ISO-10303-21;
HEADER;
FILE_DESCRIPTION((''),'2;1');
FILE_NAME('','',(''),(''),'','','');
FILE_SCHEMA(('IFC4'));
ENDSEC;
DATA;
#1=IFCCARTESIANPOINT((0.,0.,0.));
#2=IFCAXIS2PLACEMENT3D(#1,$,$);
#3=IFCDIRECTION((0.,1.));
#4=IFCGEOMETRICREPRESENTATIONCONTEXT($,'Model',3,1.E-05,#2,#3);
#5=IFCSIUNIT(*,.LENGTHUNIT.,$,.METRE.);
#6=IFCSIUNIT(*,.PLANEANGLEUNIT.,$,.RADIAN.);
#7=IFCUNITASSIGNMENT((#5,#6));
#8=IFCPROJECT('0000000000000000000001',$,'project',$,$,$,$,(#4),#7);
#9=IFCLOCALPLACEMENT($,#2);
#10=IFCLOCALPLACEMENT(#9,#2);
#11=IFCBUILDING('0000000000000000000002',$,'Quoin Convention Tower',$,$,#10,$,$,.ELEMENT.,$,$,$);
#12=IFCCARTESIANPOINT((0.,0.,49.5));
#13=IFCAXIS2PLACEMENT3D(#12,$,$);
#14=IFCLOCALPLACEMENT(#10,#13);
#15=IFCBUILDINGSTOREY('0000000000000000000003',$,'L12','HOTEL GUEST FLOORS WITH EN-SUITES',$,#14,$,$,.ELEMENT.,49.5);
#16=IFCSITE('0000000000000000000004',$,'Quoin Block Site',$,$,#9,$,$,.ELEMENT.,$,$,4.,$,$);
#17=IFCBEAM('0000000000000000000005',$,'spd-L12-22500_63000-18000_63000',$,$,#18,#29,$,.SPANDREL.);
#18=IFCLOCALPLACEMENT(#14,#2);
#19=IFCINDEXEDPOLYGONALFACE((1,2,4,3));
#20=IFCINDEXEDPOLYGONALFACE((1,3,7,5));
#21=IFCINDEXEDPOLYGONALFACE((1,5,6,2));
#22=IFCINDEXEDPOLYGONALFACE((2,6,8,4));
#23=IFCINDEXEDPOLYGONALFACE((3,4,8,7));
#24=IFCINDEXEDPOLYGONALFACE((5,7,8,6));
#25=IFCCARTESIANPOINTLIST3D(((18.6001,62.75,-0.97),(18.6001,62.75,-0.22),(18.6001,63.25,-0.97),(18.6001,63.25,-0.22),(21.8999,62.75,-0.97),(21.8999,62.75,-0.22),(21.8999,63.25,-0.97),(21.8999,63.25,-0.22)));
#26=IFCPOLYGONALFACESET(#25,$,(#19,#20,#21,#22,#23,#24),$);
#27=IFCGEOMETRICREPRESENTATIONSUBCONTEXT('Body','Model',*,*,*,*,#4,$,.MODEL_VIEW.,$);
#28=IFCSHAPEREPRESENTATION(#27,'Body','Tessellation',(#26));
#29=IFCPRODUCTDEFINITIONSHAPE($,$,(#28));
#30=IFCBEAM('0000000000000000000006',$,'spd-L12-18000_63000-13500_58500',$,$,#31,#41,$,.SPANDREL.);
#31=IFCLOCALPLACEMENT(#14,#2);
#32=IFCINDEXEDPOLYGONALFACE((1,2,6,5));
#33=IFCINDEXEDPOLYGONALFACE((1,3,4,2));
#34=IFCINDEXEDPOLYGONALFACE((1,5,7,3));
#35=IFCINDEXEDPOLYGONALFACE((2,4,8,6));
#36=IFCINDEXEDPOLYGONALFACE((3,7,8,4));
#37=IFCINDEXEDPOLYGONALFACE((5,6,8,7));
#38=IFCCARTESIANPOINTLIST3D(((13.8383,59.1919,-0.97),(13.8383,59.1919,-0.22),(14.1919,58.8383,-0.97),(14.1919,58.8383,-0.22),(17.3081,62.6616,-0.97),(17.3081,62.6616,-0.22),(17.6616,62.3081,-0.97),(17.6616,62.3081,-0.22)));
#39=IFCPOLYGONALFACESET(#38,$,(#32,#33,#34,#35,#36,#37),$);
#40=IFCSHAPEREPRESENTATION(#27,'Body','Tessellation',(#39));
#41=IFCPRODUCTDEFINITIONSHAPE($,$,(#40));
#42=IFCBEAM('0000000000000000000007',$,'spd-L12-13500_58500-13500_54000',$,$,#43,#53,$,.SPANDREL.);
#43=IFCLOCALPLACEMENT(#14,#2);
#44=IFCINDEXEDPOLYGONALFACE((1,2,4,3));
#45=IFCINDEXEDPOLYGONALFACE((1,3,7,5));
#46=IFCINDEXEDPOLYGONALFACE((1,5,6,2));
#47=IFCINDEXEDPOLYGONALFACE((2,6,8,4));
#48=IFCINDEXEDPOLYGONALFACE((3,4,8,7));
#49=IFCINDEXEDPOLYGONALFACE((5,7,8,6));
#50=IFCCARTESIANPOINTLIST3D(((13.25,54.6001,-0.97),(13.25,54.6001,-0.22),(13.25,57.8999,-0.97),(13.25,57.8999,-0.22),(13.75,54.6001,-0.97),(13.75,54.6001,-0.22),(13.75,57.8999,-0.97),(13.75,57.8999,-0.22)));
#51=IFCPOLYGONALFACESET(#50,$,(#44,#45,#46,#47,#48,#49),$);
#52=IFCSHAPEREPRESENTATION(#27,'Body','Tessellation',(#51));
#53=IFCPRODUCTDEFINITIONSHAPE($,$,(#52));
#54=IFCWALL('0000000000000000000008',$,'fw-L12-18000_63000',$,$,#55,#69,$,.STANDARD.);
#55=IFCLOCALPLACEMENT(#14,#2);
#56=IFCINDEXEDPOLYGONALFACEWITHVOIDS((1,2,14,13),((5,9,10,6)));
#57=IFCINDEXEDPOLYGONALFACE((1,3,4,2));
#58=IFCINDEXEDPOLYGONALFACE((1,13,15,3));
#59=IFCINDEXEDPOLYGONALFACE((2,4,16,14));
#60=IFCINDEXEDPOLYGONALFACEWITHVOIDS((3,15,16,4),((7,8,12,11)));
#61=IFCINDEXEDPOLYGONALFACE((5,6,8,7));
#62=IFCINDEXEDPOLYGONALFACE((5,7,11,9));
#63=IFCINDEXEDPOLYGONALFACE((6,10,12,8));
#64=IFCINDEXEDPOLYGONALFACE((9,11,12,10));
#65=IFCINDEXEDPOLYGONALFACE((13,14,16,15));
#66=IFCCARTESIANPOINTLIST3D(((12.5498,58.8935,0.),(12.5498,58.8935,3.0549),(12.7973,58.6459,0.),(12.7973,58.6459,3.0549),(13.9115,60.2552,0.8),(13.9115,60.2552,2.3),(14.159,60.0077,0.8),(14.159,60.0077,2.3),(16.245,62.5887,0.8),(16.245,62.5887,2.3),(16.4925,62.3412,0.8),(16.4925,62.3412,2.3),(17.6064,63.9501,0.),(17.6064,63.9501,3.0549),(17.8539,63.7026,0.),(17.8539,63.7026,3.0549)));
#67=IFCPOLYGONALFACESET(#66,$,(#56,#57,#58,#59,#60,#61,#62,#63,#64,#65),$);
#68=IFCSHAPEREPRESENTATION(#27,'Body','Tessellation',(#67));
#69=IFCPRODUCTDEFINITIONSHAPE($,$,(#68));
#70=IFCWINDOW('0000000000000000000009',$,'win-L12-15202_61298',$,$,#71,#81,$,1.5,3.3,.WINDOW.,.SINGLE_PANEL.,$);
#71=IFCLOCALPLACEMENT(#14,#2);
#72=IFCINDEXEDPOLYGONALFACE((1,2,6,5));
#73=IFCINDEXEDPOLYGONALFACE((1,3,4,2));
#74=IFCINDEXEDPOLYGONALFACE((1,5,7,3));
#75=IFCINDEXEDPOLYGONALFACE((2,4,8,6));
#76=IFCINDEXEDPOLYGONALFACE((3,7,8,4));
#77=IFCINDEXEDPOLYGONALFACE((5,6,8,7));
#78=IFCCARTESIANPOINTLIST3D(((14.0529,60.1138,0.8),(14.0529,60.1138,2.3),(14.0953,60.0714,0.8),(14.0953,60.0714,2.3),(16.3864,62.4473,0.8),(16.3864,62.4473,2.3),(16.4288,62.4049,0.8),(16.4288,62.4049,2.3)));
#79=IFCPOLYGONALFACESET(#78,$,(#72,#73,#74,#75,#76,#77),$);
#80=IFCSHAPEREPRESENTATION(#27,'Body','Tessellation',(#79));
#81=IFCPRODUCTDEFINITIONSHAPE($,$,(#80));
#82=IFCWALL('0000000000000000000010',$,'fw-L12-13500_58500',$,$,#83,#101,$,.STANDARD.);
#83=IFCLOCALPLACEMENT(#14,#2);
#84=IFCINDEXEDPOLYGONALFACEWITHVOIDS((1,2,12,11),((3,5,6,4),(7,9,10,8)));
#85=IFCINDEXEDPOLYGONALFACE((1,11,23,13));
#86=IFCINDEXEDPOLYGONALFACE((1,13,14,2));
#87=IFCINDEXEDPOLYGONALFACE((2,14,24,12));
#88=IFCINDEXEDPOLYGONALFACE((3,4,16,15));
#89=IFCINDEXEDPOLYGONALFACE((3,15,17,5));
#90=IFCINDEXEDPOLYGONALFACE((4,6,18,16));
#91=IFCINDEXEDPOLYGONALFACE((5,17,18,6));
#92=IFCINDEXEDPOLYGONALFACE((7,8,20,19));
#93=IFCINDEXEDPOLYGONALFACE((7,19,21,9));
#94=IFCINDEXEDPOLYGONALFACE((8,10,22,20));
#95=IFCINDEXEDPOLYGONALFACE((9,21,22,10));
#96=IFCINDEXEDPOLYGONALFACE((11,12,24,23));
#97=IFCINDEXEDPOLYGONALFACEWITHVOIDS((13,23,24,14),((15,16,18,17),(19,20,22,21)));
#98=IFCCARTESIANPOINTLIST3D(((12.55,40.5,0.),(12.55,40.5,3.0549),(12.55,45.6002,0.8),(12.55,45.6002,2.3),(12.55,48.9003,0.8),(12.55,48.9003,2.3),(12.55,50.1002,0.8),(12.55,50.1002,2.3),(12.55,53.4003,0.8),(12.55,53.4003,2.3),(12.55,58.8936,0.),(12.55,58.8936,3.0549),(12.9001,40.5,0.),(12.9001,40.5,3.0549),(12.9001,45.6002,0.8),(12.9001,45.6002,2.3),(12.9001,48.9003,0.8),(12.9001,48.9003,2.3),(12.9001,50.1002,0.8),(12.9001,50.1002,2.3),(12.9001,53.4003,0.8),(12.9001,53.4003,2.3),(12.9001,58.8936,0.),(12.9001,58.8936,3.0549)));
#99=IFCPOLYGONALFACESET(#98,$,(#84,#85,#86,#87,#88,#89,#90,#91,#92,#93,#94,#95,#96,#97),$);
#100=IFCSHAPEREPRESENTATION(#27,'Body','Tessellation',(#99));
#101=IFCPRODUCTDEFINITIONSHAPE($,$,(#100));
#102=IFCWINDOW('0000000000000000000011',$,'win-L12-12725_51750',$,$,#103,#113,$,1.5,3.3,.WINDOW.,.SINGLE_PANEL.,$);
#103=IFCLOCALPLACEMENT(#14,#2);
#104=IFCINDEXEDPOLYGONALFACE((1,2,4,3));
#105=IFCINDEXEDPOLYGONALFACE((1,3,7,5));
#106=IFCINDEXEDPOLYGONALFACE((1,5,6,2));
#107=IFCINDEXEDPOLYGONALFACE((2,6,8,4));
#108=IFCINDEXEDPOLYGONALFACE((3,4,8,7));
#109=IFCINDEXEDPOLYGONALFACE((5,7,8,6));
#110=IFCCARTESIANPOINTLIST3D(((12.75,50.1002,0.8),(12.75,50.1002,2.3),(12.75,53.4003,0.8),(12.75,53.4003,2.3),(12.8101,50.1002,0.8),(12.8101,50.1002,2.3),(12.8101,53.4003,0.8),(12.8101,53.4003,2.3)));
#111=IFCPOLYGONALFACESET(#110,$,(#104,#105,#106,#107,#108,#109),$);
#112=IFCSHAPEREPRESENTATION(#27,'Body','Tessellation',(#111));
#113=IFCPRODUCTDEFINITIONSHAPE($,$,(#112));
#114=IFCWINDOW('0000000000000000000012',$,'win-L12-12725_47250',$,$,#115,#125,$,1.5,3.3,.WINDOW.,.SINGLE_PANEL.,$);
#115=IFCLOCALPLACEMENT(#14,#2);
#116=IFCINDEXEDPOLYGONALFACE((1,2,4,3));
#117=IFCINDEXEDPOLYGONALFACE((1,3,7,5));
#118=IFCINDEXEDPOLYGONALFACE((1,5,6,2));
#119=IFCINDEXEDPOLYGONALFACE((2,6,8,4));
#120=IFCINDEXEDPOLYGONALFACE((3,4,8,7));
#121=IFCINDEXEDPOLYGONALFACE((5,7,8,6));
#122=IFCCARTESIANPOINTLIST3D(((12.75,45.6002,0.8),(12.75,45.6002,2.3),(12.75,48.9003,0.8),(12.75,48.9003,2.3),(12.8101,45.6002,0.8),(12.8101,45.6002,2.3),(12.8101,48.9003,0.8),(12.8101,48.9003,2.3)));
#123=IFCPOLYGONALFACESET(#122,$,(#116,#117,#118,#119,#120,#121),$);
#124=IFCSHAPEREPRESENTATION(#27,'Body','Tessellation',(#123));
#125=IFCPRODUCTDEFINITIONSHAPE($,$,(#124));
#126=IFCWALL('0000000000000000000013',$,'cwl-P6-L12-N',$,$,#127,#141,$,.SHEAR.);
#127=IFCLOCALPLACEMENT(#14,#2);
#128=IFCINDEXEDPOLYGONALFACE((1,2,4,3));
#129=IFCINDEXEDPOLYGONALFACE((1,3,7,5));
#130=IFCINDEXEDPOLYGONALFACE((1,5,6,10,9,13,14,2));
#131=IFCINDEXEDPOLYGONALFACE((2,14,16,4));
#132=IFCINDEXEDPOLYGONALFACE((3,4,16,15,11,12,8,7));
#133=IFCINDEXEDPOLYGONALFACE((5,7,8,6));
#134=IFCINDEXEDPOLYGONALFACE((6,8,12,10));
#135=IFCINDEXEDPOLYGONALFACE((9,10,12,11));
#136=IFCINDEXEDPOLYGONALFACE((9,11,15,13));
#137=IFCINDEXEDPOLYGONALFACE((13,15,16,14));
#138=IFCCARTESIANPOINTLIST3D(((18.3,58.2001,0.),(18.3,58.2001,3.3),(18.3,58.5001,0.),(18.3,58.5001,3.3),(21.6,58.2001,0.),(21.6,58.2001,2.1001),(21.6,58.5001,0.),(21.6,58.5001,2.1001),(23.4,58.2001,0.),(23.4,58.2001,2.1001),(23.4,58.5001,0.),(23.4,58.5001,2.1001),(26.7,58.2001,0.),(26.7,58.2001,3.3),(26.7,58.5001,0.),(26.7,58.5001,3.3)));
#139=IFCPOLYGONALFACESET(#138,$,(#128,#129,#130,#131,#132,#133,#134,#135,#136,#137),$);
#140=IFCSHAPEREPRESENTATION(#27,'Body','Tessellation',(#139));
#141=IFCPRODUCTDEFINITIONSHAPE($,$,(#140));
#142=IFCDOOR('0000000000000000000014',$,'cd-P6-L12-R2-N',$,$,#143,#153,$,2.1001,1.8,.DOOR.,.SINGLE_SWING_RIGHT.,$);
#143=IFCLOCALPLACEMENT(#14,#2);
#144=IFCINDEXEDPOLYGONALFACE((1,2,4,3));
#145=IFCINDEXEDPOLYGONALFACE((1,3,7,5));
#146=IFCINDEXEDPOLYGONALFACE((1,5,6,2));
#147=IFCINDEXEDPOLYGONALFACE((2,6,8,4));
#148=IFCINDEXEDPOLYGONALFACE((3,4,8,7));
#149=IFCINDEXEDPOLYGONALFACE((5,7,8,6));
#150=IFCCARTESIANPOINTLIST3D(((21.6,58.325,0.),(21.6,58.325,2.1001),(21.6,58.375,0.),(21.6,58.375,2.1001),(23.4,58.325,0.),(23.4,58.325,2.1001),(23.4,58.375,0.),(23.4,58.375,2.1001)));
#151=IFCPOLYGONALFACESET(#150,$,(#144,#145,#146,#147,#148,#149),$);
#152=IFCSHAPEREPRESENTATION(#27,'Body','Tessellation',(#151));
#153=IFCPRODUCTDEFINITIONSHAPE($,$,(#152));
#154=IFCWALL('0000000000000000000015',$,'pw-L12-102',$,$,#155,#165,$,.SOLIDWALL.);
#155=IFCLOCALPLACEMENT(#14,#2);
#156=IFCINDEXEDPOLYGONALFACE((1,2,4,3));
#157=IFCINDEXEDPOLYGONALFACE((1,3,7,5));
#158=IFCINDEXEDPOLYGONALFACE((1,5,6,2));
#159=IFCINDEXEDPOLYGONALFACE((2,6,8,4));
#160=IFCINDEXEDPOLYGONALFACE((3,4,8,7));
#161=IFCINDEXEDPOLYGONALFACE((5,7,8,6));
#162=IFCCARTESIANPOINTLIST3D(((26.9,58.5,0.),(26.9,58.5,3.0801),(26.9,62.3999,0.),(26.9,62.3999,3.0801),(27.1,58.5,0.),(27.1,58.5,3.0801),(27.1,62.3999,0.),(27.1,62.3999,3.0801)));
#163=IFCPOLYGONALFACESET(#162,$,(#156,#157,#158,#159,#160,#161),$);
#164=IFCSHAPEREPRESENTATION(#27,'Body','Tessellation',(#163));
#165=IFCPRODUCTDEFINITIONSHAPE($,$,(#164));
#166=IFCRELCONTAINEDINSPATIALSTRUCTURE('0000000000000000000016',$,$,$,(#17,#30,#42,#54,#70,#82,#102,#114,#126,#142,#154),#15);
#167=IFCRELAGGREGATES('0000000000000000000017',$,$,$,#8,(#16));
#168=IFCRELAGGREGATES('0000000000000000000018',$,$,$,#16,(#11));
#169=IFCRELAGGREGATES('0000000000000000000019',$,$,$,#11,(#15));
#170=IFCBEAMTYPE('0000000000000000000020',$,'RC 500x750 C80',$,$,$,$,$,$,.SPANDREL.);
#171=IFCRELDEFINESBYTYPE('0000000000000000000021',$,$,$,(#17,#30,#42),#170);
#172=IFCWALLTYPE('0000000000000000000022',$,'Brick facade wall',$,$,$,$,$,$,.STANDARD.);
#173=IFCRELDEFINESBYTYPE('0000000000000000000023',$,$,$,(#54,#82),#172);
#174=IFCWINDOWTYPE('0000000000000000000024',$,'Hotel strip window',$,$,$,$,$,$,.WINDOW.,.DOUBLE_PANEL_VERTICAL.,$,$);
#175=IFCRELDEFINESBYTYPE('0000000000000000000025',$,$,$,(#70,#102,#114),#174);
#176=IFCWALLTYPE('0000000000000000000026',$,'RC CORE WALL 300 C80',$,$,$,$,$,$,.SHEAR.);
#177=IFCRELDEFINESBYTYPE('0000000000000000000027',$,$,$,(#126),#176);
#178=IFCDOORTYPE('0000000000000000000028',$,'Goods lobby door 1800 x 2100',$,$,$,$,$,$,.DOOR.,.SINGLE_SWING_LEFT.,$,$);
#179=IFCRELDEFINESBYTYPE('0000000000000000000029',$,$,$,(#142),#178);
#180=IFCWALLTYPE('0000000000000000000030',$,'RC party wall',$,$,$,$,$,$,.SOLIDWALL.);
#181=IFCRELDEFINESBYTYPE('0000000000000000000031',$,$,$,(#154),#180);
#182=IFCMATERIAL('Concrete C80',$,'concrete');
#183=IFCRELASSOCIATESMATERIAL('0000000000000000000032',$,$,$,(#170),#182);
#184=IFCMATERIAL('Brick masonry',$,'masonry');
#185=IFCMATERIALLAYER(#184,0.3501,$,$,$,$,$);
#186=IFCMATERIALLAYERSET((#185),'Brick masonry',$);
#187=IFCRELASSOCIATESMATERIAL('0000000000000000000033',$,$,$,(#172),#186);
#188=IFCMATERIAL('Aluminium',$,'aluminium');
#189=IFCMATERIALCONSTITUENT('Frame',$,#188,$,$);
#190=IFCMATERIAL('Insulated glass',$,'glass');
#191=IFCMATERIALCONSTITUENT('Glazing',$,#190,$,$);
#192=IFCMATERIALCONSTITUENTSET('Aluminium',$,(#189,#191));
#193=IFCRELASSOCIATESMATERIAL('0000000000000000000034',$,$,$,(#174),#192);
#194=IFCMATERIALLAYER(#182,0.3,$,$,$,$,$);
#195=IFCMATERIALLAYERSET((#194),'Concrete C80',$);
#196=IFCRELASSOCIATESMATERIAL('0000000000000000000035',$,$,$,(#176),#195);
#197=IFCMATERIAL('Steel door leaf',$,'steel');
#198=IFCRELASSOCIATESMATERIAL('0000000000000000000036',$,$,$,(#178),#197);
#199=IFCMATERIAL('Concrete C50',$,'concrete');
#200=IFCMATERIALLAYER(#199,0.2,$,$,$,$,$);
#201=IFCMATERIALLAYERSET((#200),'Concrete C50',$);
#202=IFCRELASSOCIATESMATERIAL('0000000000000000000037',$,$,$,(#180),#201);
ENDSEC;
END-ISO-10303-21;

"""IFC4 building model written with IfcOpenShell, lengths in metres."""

from ifc_helpers import new_model, si_unit, direction, frame, frame_2d, origin, origin_2d, place, context, subcontext, project, spatial, rectangle, extrude, material, layer, layer_set, constituent, constituent_set, material_profile, profile_set, type_object, element, fill, save


model = new_model("IFC4")

# Units and contexts
model_context = context("Model", 3, precision=1e-05, world=origin(), true_north=direction((0.0, 1.0)))
body_context = subcontext(model_context, "Body", "Model", "MODEL_VIEW")
ifc_project = project(units=[si_unit("LENGTHUNIT", "METRE"), si_unit("PLANEANGLEUNIT", "RADIAN")], contexts=[model_context])

# Site, building, storey
site_placement = place(None, origin())
site = spatial("IfcSite", under=ifc_project, at=site_placement, Name="Quoin Block Site", CompositionType="ELEMENT", RefElevation=4.0)
building_placement = place(site_placement, origin())
building = spatial("IfcBuilding", under=site, at=building_placement, Name="Quoin Convention Tower", CompositionType="ELEMENT")
storey_placement = place(building_placement, frame((0.0, 0.0, 49.5)))
storey = spatial("IfcBuildingStorey", under=building, at=storey_placement, Name="L12", Description="HOTEL GUEST FLOORS WITH EN-SUITES", CompositionType="ELEMENT", Elevation=49.5)

# Shared definitions
ifc_material_1 = material(Name="Concrete C80", Category="concrete")

# Beams
ifc_material_profile_1 = material_profile(ifc_material_1, rectangle(XDim=0.5, YDim=0.75, at=origin_2d()), Name="RC 500x750")
ifc_profile_set_1 = profile_set([ifc_material_profile_1], Name="Concrete C80")
beam_type_1 = type_object("IfcBeamType", Name="RC 500x750 C80", PredefinedType="SPANDREL", material=ifc_profile_set_1)
for number, where, z_axis, x_axis, name in (
    (1, (21.8999, 63.0, -0.595), (-1.0, 0.0, 0.0), (0.0, -1.0, 0.0), "spd-L12-22500_63000-18000_63000"),
):
    element("IfcBeam", number, at=place(storey_placement, frame(where, z_axis=z_axis, x_axis=x_axis)), inside=storey, type_object=beam_type_1, Name=name, PredefinedType="SPANDREL", context=body_context, shape_type="SweptSolid", body=[
        extrude(rectangle(XDim=0.5, YDim=0.75, at=origin_2d()), origin(), (0.0, 0.0, 1.0), 3.2998),
    ])
beam_1_placement = place(storey_placement, frame((17.4849, 62.4849, -0.595), z_axis=(-0.707107, -0.707107, 0.0), x_axis=(0.707107, -0.707107, 0.0)))
element("IfcBeam", 2, at=beam_1_placement, inside=storey, type_object=beam_type_1, Name="spd-L12-18000_63000-13500_58500", PredefinedType="SPANDREL", context=body_context, shape_type="SweptSolid", body=[
    extrude(rectangle(XDim=0.5, YDim=0.75, at=origin_2d()), origin(), (0.0, 0.0, 1.0), 4.907),
])
beam_2_placement = place(storey_placement, frame((13.5, 57.8999, -0.595), z_axis=(0.0, -1.0, 0.0), x_axis=(1.0, 0.0, 0.0)))
element("IfcBeam", 3, at=beam_2_placement, inside=storey, type_object=beam_type_1, Name="spd-L12-13500_58500-13500_54000", PredefinedType="SPANDREL", context=body_context, shape_type="SweptSolid", body=[
    extrude(rectangle(XDim=0.5, YDim=0.75, at=origin_2d()), origin(), (0.0, 0.0, 1.0), 3.2998),
])

# Wall, opening, window
ifc_material_2 = material(Name="Brick masonry", Category="masonry")
ifc_layer_1 = layer(ifc_material_2, 0.3501)
ifc_layer_set_1 = layer_set([ifc_layer_1], Name="Brick masonry")
wall_type_1 = type_object("IfcWallType", Name="Brick facade wall", PredefinedType="STANDARD", material=ifc_layer_set_1)
wall_1_placement = place(storey_placement, frame((17.7302, 63.8264, 0.0), z_axis=(0.0, 0.0, 1.0), x_axis=(-0.707107, -0.707107, 0.0)))
wall_1 = element("IfcWall", 4, at=wall_1_placement, inside=storey, type_object=wall_type_1, Name="fw-L12-18000_63000", PredefinedType="STANDARD", context=body_context, shape_type="SweptSolid", body=[
    extrude(rectangle(XDim=7.1511, YDim=0.3501, at=frame_2d((3.5757, 0.0))), origin(), (0.0, 0.0, 1.0), 3.0549),
])
opening_1_placement = place(wall_1_placement, frame((1.9255, 0.0, 0.8)))
opening_1 = element("IfcOpeningElement", 5, at=opening_1_placement, cuts=wall_1, PredefinedType="OPENING", context=body_context, shape_type="SweptSolid", body=[
    extrude(rectangle(XDim=3.3, YDim=1.5, at=frame_2d((1.6499, 0.75))), frame((0.0, 0.1851, 0.0), z_axis=(0.0, -1.0, 0.0), x_axis=(1.0, 0.0, 0.0)), (0.0, 0.0, 1.0), 0.3701),
])
ifc_material_3 = material(Name="Aluminium", Category="aluminium")
ifc_constituent_1 = constituent(ifc_material_3, Name="Frame")
ifc_material_4 = material(Name="Insulated glass", Category="glass")
ifc_constituent_2 = constituent(ifc_material_4, Name="Glazing")
ifc_constituent_set = constituent_set(constituents=[ifc_constituent_1, ifc_constituent_2], Name="Aluminium")
window_type = type_object("IfcWindowType", Name="Hotel strip window", PartitioningType="DOUBLE_PANEL_VERTICAL", PredefinedType="WINDOW", material=ifc_constituent_set)
window_1_placement = place(opening_1_placement, origin())
window_1 = element("IfcWindow", 6, at=window_1_placement, inside=storey, type_object=window_type, Name="win-L12-15202_61298", OverallHeight=1.5, OverallWidth=3.3, PartitioningType="SINGLE_PANEL", PredefinedType="WINDOW", context=body_context, shape_type="SweptSolid", body=[
    extrude(rectangle(XDim=3.3, YDim=1.5, at=frame_2d((1.6499, 0.75))), frame((0.0, 0.085, 0.0), z_axis=(0.0, -1.0, 0.0), x_axis=(1.0, 0.0, 0.0)), (0.0, 0.0, 1.0), 0.0601),
])
fill(opening_1, window_1)

# Wall, openings, windows
wall_2_placement = place(storey_placement, frame((12.7251, 58.8936, 0.0), z_axis=(0.0, 0.0, 1.0), x_axis=(0.0, -1.0, 0.0)))
wall_2 = element("IfcWall", 7, at=wall_2_placement, inside=storey, type_object=wall_type_1, Name="fw-L12-13500_58500", PredefinedType="STANDARD", context=body_context, shape_type="SweptSolid", body=[
    extrude(rectangle(XDim=18.3936, YDim=0.3501, at=frame_2d((9.1968, 0.0))), origin(), (0.0, 0.0, 1.0), 3.0549),
])
opening_2_placement = place(wall_2_placement, frame((5.4934, 0.0, 0.8)))
opening_2 = element("IfcOpeningElement", 8, at=opening_2_placement, cuts=wall_2, PredefinedType="OPENING", context=body_context, shape_type="SweptSolid", body=[
    extrude(rectangle(XDim=3.3, YDim=1.5, at=frame_2d((1.6499, 0.75))), frame((0.0, 0.1851, 0.0), z_axis=(0.0, -1.0, 0.0), x_axis=(1.0, 0.0, 0.0)), (0.0, 0.0, 1.0), 0.3701),
])
opening_3_placement = place(wall_2_placement, frame((9.9934, 0.0, 0.8)))
opening_3 = element("IfcOpeningElement", 9, at=opening_3_placement, cuts=wall_2, PredefinedType="OPENING", context=body_context, shape_type="SweptSolid", body=[
    extrude(rectangle(XDim=3.3, YDim=1.5, at=frame_2d((1.6499, 0.75))), frame((0.0, 0.1851, 0.0), z_axis=(0.0, -1.0, 0.0), x_axis=(1.0, 0.0, 0.0)), (0.0, 0.0, 1.0), 0.3701),
])
window_2_placement = place(opening_2_placement, origin())
window_2 = element("IfcWindow", 10, at=window_2_placement, inside=storey, type_object=window_type, Name="win-L12-12725_51750", OverallHeight=1.5, OverallWidth=3.3, PartitioningType="SINGLE_PANEL", PredefinedType="WINDOW", context=body_context, shape_type="SweptSolid", body=[
    extrude(rectangle(XDim=3.3, YDim=1.5, at=frame_2d((1.6499, 0.75))), frame((0.0, 0.085, 0.0), z_axis=(0.0, -1.0, 0.0), x_axis=(1.0, 0.0, 0.0)), (0.0, 0.0, 1.0), 0.0601),
])
fill(opening_2, window_2)
window_3_placement = place(opening_3_placement, origin())
window_3 = element("IfcWindow", 11, at=window_3_placement, inside=storey, type_object=window_type, Name="win-L12-12725_47250", OverallHeight=1.5, OverallWidth=3.3, PartitioningType="SINGLE_PANEL", PredefinedType="WINDOW", context=body_context, shape_type="SweptSolid", body=[
    extrude(rectangle(XDim=3.3, YDim=1.5, at=frame_2d((1.6499, 0.75))), frame((0.0, 0.085, 0.0), z_axis=(0.0, -1.0, 0.0), x_axis=(1.0, 0.0, 0.0)), (0.0, 0.0, 1.0), 0.0601),
])
fill(opening_3, window_3)

# Wall, opening, door
ifc_layer_2 = layer(ifc_material_1, 0.3)
ifc_layer_set_2 = layer_set([ifc_layer_2], Name="Concrete C80")
wall_type_2 = type_object("IfcWallType", Name="RC CORE WALL 300 C80", PredefinedType="SHEAR", material=ifc_layer_set_2)
wall_3_placement = place(storey_placement, frame((18.3, 58.3501, 0.0), z_axis=(0.0, 0.0, 1.0), x_axis=(1.0, 0.0, 0.0)))
wall_3 = element("IfcWall", 12, at=wall_3_placement, inside=storey, type_object=wall_type_2, Name="cwl-P6-L12-N", PredefinedType="SHEAR", context=body_context, shape_type="SweptSolid", body=[
    extrude(rectangle(XDim=8.3999, YDim=0.3, at=frame_2d((4.2, 0.0))), origin(), (0.0, 0.0, 1.0), 3.3),
])
opening_4_placement = place(wall_3_placement, frame((3.3, 0.0, 0.0)))
opening_4 = element("IfcOpeningElement", 13, at=opening_4_placement, cuts=wall_3, PredefinedType="OPENING", context=body_context, shape_type="SweptSolid", body=[
    extrude(rectangle(XDim=1.8, YDim=2.1001, at=frame_2d((0.8999, 1.05))), frame((0.0, 0.1599, 0.0), z_axis=(0.0, -1.0, 0.0), x_axis=(1.0, 0.0, 0.0)), (0.0, 0.0, 1.0), 0.3201),
])
ifc_material_5 = material(Name="Steel door leaf", Category="steel")
door_type = type_object("IfcDoorType", Name="Goods lobby door 1800 x 2100", OperationType="SINGLE_SWING_LEFT", PredefinedType="DOOR", material=ifc_material_5)
door_placement = place(opening_4_placement, origin())
door = element("IfcDoor", 14, at=door_placement, inside=storey, type_object=door_type, Name="cd-P6-L12-R2-N", OperationType="SINGLE_SWING_RIGHT", OverallHeight=2.1001, OverallWidth=1.8, PredefinedType="DOOR", context=body_context, shape_type="SweptSolid", body=[
    extrude(rectangle(XDim=1.8, YDim=2.1001, at=frame_2d((0.8999, 1.05))), frame((0.0, 0.0249, 0.0), z_axis=(0.0, -1.0, 0.0), x_axis=(1.0, 0.0, 0.0)), (0.0, 0.0, 1.0), 0.05),
])
fill(opening_4, door)

# Wall
ifc_material_6 = material(Name="Concrete C50", Category="concrete")
ifc_layer_3 = layer(ifc_material_6, 0.2)
ifc_layer_set_3 = layer_set([ifc_layer_3], Name="Concrete C50")
wall_type_3 = type_object("IfcWallType", Name="RC party wall", PredefinedType="SOLIDWALL", material=ifc_layer_set_3)
wall_4_placement = place(storey_placement, frame((27.0, 58.5, 0.0), z_axis=(0.0, 0.0, 1.0), x_axis=(0.0, 1.0, 0.0)))
element("IfcWall", 15, at=wall_4_placement, inside=storey, type_object=wall_type_3, Name="pw-L12-102", PredefinedType="SOLIDWALL", context=body_context, shape_type="SweptSolid", body=[
    extrude(rectangle(XDim=3.8999, YDim=0.2, at=frame_2d((1.95, 0.0))), origin(), (0.0, 0.0, 1.0), 3.0801),
])

save(model, "model.ifc")
